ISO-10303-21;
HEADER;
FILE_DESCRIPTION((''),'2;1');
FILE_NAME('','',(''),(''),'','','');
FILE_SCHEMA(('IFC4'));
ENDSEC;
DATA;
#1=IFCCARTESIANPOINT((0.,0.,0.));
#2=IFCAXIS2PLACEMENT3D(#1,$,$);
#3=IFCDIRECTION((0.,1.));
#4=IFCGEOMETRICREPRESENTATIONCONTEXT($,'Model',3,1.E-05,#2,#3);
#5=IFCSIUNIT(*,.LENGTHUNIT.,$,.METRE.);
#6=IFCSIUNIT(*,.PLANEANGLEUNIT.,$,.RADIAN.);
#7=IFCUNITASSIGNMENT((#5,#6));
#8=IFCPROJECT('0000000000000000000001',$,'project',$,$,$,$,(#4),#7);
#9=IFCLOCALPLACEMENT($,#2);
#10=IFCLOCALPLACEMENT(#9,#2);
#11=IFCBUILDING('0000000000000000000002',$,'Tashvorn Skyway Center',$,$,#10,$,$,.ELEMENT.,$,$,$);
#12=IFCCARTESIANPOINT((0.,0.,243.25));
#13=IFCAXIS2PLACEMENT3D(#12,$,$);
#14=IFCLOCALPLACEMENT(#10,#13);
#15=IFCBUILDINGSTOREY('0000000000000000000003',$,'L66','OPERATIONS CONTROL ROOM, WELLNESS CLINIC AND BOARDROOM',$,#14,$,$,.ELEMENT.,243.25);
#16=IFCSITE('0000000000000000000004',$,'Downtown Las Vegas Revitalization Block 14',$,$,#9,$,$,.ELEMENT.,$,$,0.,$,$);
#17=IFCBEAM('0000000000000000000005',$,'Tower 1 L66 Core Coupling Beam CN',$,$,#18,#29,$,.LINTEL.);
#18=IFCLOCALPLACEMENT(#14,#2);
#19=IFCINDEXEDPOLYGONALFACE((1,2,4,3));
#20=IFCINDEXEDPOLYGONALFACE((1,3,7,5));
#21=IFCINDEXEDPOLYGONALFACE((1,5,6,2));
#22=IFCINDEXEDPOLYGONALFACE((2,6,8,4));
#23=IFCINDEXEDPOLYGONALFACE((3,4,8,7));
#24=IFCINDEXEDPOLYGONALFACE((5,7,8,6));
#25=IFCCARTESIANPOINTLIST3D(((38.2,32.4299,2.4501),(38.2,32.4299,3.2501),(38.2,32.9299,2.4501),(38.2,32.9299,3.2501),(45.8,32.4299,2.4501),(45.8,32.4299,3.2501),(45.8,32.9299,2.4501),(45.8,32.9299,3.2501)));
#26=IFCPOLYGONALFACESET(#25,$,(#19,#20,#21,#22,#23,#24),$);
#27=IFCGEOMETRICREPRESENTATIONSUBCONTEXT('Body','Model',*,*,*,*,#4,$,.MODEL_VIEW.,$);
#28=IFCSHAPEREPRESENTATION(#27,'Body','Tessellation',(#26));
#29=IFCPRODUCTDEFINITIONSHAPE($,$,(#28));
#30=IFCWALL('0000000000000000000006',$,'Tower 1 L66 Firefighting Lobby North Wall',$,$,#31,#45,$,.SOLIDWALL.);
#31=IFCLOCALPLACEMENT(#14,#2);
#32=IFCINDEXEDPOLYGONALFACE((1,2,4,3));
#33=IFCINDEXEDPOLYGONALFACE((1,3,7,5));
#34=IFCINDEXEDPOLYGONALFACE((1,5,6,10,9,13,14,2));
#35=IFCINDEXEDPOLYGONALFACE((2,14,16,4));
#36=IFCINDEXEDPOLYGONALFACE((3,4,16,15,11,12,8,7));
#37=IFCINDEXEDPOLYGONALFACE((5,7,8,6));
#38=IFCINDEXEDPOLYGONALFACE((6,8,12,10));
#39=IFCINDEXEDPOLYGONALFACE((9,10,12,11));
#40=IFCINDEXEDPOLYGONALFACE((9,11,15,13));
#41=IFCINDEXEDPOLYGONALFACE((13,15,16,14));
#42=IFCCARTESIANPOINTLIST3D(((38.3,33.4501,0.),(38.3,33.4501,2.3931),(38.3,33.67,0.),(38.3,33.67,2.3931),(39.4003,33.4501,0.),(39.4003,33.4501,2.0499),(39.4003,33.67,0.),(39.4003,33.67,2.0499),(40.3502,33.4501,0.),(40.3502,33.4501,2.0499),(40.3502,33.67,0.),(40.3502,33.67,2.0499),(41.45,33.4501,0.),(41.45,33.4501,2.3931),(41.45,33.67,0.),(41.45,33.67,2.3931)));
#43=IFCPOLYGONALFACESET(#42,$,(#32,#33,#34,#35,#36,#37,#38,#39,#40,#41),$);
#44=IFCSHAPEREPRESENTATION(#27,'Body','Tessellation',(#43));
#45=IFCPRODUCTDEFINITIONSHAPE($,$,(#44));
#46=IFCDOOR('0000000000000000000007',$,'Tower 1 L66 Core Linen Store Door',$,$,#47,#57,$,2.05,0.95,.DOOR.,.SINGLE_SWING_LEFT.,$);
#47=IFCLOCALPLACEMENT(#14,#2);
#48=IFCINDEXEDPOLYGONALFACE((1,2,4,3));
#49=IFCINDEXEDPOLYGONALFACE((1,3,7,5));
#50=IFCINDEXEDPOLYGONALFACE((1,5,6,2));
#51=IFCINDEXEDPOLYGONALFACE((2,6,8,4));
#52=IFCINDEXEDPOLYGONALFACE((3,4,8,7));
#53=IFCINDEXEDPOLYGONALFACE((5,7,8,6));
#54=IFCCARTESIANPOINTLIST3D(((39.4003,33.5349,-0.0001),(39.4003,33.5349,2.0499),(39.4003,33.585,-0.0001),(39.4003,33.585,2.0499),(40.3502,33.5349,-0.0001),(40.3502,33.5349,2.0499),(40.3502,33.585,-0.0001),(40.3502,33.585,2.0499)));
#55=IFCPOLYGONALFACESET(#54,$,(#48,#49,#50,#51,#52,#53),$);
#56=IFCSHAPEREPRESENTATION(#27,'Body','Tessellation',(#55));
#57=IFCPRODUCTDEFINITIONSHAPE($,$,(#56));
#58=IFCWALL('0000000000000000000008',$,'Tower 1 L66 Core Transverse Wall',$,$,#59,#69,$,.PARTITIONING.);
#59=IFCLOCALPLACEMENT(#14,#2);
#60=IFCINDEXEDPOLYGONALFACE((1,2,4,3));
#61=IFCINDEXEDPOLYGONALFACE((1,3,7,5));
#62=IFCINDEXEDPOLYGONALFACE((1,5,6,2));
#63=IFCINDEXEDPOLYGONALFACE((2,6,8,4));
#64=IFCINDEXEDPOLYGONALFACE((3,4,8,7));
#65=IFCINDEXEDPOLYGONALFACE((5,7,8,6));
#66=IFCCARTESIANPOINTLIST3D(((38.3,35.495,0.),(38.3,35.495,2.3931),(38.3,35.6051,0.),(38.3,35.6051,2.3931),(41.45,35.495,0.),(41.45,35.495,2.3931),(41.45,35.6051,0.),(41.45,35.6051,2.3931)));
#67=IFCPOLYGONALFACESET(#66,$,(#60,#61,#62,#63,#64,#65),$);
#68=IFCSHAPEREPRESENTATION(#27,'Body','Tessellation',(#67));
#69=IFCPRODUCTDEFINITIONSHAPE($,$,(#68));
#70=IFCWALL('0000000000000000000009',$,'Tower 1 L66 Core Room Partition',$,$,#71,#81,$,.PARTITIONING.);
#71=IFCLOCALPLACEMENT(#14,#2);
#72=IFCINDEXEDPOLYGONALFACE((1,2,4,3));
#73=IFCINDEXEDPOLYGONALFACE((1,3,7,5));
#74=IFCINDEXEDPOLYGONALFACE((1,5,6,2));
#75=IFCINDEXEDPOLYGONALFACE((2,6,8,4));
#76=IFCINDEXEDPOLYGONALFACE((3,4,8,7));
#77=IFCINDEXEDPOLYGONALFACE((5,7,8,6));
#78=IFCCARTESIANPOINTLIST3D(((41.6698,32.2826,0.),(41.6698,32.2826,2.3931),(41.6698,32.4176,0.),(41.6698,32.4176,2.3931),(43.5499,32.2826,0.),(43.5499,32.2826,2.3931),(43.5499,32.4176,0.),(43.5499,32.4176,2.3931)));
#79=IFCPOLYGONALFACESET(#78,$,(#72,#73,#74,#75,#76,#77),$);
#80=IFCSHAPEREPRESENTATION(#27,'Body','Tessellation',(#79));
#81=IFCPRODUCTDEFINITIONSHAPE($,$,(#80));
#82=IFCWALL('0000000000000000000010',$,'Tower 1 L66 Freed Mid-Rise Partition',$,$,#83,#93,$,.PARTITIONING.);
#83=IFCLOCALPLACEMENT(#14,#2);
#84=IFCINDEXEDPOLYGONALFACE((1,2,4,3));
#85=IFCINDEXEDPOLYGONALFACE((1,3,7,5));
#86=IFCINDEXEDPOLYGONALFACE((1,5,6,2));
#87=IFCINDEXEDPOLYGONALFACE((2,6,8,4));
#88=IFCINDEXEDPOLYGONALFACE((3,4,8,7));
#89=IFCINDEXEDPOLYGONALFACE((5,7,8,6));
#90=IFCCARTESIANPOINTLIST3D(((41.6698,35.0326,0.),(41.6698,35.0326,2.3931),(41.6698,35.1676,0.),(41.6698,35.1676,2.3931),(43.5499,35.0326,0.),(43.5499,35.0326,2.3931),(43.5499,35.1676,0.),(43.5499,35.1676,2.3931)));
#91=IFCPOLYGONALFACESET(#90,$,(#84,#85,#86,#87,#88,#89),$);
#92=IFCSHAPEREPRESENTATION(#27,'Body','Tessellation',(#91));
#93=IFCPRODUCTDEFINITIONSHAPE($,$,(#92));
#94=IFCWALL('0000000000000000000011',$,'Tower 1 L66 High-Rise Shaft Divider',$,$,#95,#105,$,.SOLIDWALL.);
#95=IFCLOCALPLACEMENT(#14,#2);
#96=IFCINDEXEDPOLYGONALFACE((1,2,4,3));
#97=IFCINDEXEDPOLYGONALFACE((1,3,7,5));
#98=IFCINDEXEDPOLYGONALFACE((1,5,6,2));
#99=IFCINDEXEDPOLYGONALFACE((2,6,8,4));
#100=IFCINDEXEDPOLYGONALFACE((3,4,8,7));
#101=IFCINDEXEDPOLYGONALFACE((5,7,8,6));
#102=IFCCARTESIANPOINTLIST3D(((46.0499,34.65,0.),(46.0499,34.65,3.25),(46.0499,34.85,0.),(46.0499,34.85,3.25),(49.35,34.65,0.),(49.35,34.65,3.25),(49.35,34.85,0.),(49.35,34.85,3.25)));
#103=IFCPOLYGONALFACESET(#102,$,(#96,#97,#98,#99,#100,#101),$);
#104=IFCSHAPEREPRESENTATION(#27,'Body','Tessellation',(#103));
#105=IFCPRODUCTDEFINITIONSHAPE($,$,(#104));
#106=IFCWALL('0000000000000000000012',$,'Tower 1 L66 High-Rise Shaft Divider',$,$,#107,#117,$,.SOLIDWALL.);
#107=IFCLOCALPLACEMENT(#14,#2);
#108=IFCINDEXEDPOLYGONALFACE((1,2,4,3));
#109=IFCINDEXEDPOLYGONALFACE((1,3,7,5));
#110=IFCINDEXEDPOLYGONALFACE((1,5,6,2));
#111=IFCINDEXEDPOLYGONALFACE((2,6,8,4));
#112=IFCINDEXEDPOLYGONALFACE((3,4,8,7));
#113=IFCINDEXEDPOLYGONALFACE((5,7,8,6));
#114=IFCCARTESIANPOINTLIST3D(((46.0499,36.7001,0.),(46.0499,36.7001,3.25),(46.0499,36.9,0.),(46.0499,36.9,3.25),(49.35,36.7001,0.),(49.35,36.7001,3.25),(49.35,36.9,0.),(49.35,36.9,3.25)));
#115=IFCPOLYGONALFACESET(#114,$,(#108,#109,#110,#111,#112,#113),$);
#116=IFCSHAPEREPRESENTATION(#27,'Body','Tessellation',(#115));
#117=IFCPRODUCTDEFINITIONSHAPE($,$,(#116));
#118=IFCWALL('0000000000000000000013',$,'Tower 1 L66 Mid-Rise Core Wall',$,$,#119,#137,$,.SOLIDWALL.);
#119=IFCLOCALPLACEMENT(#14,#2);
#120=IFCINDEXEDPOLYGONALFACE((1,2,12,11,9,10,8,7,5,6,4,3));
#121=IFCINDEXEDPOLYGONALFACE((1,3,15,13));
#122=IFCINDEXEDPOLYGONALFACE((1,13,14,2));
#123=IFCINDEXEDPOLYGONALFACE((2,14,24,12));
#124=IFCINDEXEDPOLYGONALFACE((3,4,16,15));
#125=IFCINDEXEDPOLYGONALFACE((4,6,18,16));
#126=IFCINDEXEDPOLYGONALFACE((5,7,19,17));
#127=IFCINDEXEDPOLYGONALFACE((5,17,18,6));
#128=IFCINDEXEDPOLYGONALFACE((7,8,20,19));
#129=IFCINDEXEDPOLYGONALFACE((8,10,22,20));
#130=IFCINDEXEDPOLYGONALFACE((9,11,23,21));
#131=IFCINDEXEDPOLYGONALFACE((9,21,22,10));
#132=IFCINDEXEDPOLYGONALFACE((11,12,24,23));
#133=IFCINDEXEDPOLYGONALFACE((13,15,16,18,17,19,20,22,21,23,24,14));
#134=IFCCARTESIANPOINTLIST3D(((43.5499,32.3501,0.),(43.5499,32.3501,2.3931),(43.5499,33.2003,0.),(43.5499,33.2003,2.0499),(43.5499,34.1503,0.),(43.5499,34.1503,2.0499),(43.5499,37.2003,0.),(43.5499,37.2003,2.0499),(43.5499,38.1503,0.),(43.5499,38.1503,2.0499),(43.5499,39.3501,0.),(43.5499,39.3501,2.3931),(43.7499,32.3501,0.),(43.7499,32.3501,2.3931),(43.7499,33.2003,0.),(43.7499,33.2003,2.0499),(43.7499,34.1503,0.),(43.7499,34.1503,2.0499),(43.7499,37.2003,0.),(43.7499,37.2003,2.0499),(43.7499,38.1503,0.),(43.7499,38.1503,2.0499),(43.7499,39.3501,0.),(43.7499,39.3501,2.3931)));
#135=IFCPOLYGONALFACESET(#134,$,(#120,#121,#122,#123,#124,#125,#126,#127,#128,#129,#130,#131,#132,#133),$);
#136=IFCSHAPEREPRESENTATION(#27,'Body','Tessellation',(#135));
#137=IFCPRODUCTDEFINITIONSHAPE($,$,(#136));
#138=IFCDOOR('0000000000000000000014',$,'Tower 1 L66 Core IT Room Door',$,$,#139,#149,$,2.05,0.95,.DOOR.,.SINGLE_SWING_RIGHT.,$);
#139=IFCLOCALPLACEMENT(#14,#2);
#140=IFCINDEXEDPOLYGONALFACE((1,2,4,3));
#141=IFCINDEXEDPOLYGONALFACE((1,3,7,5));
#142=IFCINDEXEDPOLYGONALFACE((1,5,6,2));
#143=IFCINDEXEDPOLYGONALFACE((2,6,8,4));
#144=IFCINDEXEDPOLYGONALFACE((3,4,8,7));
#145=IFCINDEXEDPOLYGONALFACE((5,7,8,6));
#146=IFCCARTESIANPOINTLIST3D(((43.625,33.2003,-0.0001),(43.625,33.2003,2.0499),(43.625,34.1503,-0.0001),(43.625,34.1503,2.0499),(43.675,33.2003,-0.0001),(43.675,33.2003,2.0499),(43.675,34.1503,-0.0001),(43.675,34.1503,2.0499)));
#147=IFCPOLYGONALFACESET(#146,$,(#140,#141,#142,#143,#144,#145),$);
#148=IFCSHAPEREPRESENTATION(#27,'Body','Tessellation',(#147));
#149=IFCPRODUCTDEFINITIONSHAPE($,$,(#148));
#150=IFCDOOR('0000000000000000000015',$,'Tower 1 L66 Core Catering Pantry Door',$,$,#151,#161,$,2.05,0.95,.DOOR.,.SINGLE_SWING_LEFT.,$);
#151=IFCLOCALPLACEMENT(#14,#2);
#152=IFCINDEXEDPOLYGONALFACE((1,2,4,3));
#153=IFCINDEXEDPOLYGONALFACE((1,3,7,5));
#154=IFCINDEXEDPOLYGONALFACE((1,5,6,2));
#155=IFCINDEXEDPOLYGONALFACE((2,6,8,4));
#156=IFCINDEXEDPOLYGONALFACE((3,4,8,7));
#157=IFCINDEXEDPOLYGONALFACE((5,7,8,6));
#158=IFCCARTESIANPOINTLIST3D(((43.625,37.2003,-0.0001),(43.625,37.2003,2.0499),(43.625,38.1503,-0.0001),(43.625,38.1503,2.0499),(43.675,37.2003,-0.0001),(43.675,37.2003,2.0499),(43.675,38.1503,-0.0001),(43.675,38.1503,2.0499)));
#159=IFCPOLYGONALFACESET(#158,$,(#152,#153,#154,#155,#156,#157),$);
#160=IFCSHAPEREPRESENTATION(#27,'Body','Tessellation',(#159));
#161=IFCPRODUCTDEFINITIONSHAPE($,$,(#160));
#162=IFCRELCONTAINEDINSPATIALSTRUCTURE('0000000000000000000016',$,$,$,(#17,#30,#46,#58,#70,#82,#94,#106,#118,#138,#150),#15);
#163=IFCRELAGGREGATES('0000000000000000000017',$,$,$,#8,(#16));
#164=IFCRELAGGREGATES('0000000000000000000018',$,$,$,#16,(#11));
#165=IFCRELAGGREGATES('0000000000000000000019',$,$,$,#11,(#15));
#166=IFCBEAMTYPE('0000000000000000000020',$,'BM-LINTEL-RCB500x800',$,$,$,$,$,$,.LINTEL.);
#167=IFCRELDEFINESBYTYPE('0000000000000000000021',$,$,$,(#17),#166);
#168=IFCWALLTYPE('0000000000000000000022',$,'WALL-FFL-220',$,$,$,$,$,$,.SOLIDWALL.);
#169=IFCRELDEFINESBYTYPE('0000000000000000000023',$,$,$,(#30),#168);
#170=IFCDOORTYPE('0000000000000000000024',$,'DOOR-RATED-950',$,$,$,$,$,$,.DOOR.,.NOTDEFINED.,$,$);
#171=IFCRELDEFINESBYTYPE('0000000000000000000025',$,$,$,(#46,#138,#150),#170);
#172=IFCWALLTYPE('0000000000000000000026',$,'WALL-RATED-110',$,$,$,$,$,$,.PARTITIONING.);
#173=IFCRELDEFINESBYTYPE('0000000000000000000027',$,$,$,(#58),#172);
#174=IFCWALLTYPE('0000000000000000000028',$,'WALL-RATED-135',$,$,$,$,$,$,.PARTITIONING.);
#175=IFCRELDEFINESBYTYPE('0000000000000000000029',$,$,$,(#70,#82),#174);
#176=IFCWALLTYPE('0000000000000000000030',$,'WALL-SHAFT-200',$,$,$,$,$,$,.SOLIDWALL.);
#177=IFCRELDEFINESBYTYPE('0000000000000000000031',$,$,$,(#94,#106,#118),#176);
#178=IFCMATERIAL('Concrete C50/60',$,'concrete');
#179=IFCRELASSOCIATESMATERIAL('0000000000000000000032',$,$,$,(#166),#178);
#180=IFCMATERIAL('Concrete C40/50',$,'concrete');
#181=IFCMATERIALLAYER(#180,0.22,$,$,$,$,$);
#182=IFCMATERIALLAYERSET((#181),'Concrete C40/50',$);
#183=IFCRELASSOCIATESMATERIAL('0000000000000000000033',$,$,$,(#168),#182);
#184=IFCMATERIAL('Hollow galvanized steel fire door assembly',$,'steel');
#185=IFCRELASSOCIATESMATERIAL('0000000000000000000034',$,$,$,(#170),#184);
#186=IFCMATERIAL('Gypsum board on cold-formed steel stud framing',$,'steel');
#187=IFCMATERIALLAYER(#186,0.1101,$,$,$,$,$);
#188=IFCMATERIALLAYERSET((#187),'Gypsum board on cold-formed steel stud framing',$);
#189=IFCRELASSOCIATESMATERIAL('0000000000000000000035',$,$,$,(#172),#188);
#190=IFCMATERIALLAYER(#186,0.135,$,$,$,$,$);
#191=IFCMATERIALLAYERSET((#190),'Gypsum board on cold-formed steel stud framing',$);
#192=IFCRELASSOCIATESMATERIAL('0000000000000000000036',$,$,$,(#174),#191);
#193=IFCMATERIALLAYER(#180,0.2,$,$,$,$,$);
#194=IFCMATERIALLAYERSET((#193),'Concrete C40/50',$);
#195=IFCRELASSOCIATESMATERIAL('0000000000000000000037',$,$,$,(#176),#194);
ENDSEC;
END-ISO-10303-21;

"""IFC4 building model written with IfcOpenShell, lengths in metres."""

from ifc_helpers import new_model, si_unit, direction, frame, frame_2d, origin, origin_2d, place, context, subcontext, project, spatial, rectangle, extrude, material, layer, layer_set, material_profile, profile_set, type_object, element, fill, save


model = new_model("IFC4")

# Units and contexts
model_context = context("Model", 3, precision=1e-05, world=origin(), true_north=direction((0.0, 1.0)))
body_context = subcontext(model_context, "Body", "Model", "MODEL_VIEW")
ifc_project = project(units=[si_unit("LENGTHUNIT", "METRE"), si_unit("PLANEANGLEUNIT", "RADIAN")], contexts=[model_context])

# Site, building, storey
site_placement = place(None, origin())
site = spatial("IfcSite", under=ifc_project, at=site_placement, Name="Downtown Las Vegas Revitalization Block 14", CompositionType="ELEMENT", RefElevation=0.0)
building_placement = place(site_placement, origin())
building = spatial("IfcBuilding", under=site, at=building_placement, Name="Tashvorn Skyway Center", CompositionType="ELEMENT")
storey_placement = place(building_placement, frame((0.0, 0.0, 243.25)))
storey = spatial("IfcBuildingStorey", under=building, at=storey_placement, Name="L66", Description="OPERATIONS CONTROL ROOM, WELLNESS CLINIC AND BOARDROOM", CompositionType="ELEMENT", Elevation=243.25)

# Beam
ifc_material_1 = material(Name="Concrete C50/60", Category="concrete")
ifc_material_profile = material_profile(ifc_material_1, rectangle(XDim=0.5, YDim=0.8, at=origin_2d()), Name="RCB500x800")
ifc_profile_set = profile_set([ifc_material_profile], Name="Concrete C50/60")
beam_type = type_object("IfcBeamType", Name="BM-LINTEL-RCB500x800", PredefinedType="LINTEL", material=ifc_profile_set)
beam_placement = place(storey_placement, frame((38.2, 32.6799, 2.8501), z_axis=(1.0, 0.0, 0.0), x_axis=(0.0, 1.0, 0.0)))
element("IfcBeam", 1, at=beam_placement, inside=storey, type_object=beam_type, Name="Tower 1 L66 Core Coupling Beam CN", PredefinedType="LINTEL", context=body_context, shape_type="SweptSolid", body=[
    extrude(rectangle(XDim=0.5, YDim=0.8, at=origin_2d()), origin(), (0.0, 0.0, 1.0), 7.6001),
])

# Wall, opening, door
ifc_material_2 = material(Name="Concrete C40/50", Category="concrete")
ifc_layer_1 = layer(ifc_material_2, 0.22)
ifc_layer_set_1 = layer_set([ifc_layer_1], Name="Concrete C40/50")
wall_type_1 = type_object("IfcWallType", Name="WALL-FFL-220", PredefinedType="SOLIDWALL", material=ifc_layer_set_1)
wall_1_placement = place(storey_placement, frame((38.3, 33.5601, 0.0), z_axis=(0.0, 0.0, 1.0), x_axis=(1.0, 0.0, 0.0)))
wall_1 = element("IfcWall", 2, at=wall_1_placement, inside=storey, type_object=wall_type_1, Name="Tower 1 L66 Firefighting Lobby North Wall", PredefinedType="SOLIDWALL", context=body_context, shape_type="SweptSolid", body=[
    extrude(rectangle(XDim=3.1499, YDim=0.22, at=frame_2d((1.575, 0.0))), origin(), (0.0, 0.0, 1.0), 2.3931),
])
opening_1_placement = place(wall_1_placement, frame((1.1001, 0.0, 0.0)))
opening_1 = element("IfcOpeningElement", 3, at=opening_1_placement, cuts=wall_1, PredefinedType="OPENING", context=body_context, shape_type="SweptSolid", body=[
    extrude(rectangle(XDim=0.95, YDim=2.05, at=frame_2d((0.4751, 1.0249))), frame((0.0, 0.1199, 0.0), z_axis=(0.0, -1.0, 0.0), x_axis=(1.0, 0.0, 0.0)), (0.0, 0.0, 1.0), 0.24),
])
ifc_material_3 = material(Name="Hollow galvanized steel fire door assembly", Category="steel")
door_type_1 = type_object("IfcDoorType", Name="DOOR-RATED-950", OperationType="NOTDEFINED", PredefinedType="DOOR", material=ifc_material_3)
door_1_placement = place(opening_1_placement, origin())
door_1 = element("IfcDoor", 4, at=door_1_placement, inside=storey, type_object=door_type_1, Name="Tower 1 L66 Core Linen Store Door", OperationType="SINGLE_SWING_LEFT", OverallHeight=2.05, OverallWidth=0.95, PredefinedType="DOOR", context=body_context, shape_type="SweptSolid", body=[
    extrude(rectangle(XDim=0.95, YDim=2.05, at=frame_2d((0.4751, 1.0249))), frame((0.0, 0.0249, 0.0), z_axis=(0.0, -1.0, 0.0), x_axis=(1.0, 0.0, 0.0)), (0.0, 0.0, 1.0), 0.05),
])
fill(opening_1, door_1)

# Walls
ifc_material_4 = material(Name="Gypsum board on cold-formed steel stud framing", Category="steel")
ifc_layer_2 = layer(ifc_material_4, 0.1101)
ifc_layer_set_2 = layer_set([ifc_layer_2], Name="Gypsum board on cold-formed steel stud framing")
wall_type_2 = type_object("IfcWallType", Name="WALL-RATED-110", PredefinedType="PARTITIONING", material=ifc_layer_set_2)
wall_2_placement = place(storey_placement, frame((38.3, 35.55, 0.0), z_axis=(0.0, 0.0, 1.0), x_axis=(1.0, 0.0, 0.0)))
element("IfcWall", 5, at=wall_2_placement, inside=storey, type_object=wall_type_2, Name="Tower 1 L66 Core Transverse Wall", PredefinedType="PARTITIONING", context=body_context, shape_type="SweptSolid", body=[
    extrude(rectangle(XDim=3.1499, YDim=0.1101, at=frame_2d((1.575, 0.0))), origin(), (0.0, 0.0, 1.0), 2.3931),
])
ifc_layer_3 = layer(ifc_material_4, 0.135)
ifc_layer_set_3 = layer_set([ifc_layer_3], Name="Gypsum board on cold-formed steel stud framing")
wall_type_3 = type_object("IfcWallType", Name="WALL-RATED-135", PredefinedType="PARTITIONING", material=ifc_layer_set_3)
for number, where, z_axis, x_axis, name in (
    (6, (41.6699, 32.3501, 0.0), (0.0, 0.0, 1.0), (1.0, 0.0, 0.0), "Tower 1 L66 Core Room Partition"),
    (7, (41.6699, 35.1001, 0.0), (0.0, 0.0, 1.0), (1.0, 0.0, 0.0), "Tower 1 L66 Freed Mid-Rise Partition"),
):
    element("IfcWall", number, at=place(storey_placement, frame(where, z_axis=z_axis, x_axis=x_axis)), inside=storey, type_object=wall_type_3, Name=name, PredefinedType="PARTITIONING", context=body_context, shape_type="SweptSolid", body=[
        extrude(rectangle(XDim=1.8801, YDim=0.135, at=frame_2d((0.9399, 0.0))), origin(), (0.0, 0.0, 1.0), 2.3931),
    ])
ifc_layer_4 = layer(ifc_material_2, 0.2)
ifc_layer_set_4 = layer_set([ifc_layer_4], Name="Concrete C40/50")
wall_type_4 = type_object("IfcWallType", Name="WALL-SHAFT-200", PredefinedType="SOLIDWALL", material=ifc_layer_set_4)
for number, where, z_axis, x_axis, name in (
    (8, (46.05, 34.75, 0.0), (0.0, 0.0, 1.0), (1.0, 0.0, 0.0), "Tower 1 L66 High-Rise Shaft Divider"),
    (9, (46.05, 36.8, 0.0), (0.0, 0.0, 1.0), (1.0, 0.0, 0.0), "Tower 1 L66 High-Rise Shaft Divider"),
):
    element("IfcWall", number, at=place(storey_placement, frame(where, z_axis=z_axis, x_axis=x_axis)), inside=storey, type_object=wall_type_4, Name=name, PredefinedType="SOLIDWALL", context=body_context, shape_type="SweptSolid", body=[
        extrude(rectangle(XDim=3.3, YDim=0.2, at=frame_2d((1.6499, 0.0))), origin(), (0.0, 0.0, 1.0), 3.25),
    ])

# Wall, openings, doors
wall_3_placement = place(storey_placement, frame((43.6499, 32.3501, 0.0), z_axis=(0.0, 0.0, 1.0), x_axis=(0.0, 1.0, 0.0)))
wall_3 = element("IfcWall", 10, at=wall_3_placement, inside=storey, type_object=wall_type_4, Name="Tower 1 L66 Mid-Rise Core Wall", PredefinedType="SOLIDWALL", context=body_context, shape_type="SweptSolid", body=[
    extrude(rectangle(XDim=7.0, YDim=0.2, at=frame_2d((3.5, 0.0))), origin(), (0.0, 0.0, 1.0), 2.3931),
])
opening_2_placement = place(wall_3_placement, frame((0.8501, 0.0, 0.0)))
opening_2 = element("IfcOpeningElement", 11, at=opening_2_placement, cuts=wall_3, PredefinedType="OPENING", context=body_context, shape_type="SweptSolid", body=[
    extrude(rectangle(XDim=0.95, YDim=2.05, at=frame_2d((0.4751, 1.0249))), frame((0.0, 0.1099, 0.0), z_axis=(0.0, -1.0, 0.0), x_axis=(1.0, 0.0, 0.0)), (0.0, 0.0, 1.0), 0.22),
])
opening_3_placement = place(wall_3_placement, frame((4.8501, 0.0, 0.0)))
opening_3 = element("IfcOpeningElement", 12, at=opening_3_placement, cuts=wall_3, PredefinedType="OPENING", context=body_context, shape_type="SweptSolid", body=[
    extrude(rectangle(XDim=0.95, YDim=2.05, at=frame_2d((0.4751, 1.0249))), frame((0.0, 0.1099, 0.0), z_axis=(0.0, -1.0, 0.0), x_axis=(1.0, 0.0, 0.0)), (0.0, 0.0, 1.0), 0.22),
])
door_2_placement = place(opening_2_placement, origin())
door_2 = element("IfcDoor", 13, at=door_2_placement, inside=storey, type_object=door_type_1, Name="Tower 1 L66 Core IT Room Door", OperationType="SINGLE_SWING_RIGHT", OverallHeight=2.05, OverallWidth=0.95, PredefinedType="DOOR", context=body_context, shape_type="SweptSolid", body=[
    extrude(rectangle(XDim=0.95, YDim=2.05, at=frame_2d((0.4751, 1.0249))), frame((0.0, 0.0249, 0.0), z_axis=(0.0, -1.0, 0.0), x_axis=(1.0, 0.0, 0.0)), (0.0, 0.0, 1.0), 0.05),
])
fill(opening_2, door_2)
door_3_placement = place(opening_3_placement, origin())
door_3 = element("IfcDoor", 14, at=door_3_placement, inside=storey, type_object=door_type_1, Name="Tower 1 L66 Core Catering Pantry Door", OperationType="SINGLE_SWING_LEFT", OverallHeight=2.05, OverallWidth=0.95, PredefinedType="DOOR", context=body_context, shape_type="SweptSolid", body=[
    extrude(rectangle(XDim=0.95, YDim=2.05, at=frame_2d((0.4751, 1.0249))), frame((0.0, 0.0249, 0.0), z_axis=(0.0, -1.0, 0.0), x_axis=(1.0, 0.0, 0.0)), (0.0, 0.0, 1.0), 0.05),
])
fill(opening_3, door_3)

save(model, "model.ifc")
